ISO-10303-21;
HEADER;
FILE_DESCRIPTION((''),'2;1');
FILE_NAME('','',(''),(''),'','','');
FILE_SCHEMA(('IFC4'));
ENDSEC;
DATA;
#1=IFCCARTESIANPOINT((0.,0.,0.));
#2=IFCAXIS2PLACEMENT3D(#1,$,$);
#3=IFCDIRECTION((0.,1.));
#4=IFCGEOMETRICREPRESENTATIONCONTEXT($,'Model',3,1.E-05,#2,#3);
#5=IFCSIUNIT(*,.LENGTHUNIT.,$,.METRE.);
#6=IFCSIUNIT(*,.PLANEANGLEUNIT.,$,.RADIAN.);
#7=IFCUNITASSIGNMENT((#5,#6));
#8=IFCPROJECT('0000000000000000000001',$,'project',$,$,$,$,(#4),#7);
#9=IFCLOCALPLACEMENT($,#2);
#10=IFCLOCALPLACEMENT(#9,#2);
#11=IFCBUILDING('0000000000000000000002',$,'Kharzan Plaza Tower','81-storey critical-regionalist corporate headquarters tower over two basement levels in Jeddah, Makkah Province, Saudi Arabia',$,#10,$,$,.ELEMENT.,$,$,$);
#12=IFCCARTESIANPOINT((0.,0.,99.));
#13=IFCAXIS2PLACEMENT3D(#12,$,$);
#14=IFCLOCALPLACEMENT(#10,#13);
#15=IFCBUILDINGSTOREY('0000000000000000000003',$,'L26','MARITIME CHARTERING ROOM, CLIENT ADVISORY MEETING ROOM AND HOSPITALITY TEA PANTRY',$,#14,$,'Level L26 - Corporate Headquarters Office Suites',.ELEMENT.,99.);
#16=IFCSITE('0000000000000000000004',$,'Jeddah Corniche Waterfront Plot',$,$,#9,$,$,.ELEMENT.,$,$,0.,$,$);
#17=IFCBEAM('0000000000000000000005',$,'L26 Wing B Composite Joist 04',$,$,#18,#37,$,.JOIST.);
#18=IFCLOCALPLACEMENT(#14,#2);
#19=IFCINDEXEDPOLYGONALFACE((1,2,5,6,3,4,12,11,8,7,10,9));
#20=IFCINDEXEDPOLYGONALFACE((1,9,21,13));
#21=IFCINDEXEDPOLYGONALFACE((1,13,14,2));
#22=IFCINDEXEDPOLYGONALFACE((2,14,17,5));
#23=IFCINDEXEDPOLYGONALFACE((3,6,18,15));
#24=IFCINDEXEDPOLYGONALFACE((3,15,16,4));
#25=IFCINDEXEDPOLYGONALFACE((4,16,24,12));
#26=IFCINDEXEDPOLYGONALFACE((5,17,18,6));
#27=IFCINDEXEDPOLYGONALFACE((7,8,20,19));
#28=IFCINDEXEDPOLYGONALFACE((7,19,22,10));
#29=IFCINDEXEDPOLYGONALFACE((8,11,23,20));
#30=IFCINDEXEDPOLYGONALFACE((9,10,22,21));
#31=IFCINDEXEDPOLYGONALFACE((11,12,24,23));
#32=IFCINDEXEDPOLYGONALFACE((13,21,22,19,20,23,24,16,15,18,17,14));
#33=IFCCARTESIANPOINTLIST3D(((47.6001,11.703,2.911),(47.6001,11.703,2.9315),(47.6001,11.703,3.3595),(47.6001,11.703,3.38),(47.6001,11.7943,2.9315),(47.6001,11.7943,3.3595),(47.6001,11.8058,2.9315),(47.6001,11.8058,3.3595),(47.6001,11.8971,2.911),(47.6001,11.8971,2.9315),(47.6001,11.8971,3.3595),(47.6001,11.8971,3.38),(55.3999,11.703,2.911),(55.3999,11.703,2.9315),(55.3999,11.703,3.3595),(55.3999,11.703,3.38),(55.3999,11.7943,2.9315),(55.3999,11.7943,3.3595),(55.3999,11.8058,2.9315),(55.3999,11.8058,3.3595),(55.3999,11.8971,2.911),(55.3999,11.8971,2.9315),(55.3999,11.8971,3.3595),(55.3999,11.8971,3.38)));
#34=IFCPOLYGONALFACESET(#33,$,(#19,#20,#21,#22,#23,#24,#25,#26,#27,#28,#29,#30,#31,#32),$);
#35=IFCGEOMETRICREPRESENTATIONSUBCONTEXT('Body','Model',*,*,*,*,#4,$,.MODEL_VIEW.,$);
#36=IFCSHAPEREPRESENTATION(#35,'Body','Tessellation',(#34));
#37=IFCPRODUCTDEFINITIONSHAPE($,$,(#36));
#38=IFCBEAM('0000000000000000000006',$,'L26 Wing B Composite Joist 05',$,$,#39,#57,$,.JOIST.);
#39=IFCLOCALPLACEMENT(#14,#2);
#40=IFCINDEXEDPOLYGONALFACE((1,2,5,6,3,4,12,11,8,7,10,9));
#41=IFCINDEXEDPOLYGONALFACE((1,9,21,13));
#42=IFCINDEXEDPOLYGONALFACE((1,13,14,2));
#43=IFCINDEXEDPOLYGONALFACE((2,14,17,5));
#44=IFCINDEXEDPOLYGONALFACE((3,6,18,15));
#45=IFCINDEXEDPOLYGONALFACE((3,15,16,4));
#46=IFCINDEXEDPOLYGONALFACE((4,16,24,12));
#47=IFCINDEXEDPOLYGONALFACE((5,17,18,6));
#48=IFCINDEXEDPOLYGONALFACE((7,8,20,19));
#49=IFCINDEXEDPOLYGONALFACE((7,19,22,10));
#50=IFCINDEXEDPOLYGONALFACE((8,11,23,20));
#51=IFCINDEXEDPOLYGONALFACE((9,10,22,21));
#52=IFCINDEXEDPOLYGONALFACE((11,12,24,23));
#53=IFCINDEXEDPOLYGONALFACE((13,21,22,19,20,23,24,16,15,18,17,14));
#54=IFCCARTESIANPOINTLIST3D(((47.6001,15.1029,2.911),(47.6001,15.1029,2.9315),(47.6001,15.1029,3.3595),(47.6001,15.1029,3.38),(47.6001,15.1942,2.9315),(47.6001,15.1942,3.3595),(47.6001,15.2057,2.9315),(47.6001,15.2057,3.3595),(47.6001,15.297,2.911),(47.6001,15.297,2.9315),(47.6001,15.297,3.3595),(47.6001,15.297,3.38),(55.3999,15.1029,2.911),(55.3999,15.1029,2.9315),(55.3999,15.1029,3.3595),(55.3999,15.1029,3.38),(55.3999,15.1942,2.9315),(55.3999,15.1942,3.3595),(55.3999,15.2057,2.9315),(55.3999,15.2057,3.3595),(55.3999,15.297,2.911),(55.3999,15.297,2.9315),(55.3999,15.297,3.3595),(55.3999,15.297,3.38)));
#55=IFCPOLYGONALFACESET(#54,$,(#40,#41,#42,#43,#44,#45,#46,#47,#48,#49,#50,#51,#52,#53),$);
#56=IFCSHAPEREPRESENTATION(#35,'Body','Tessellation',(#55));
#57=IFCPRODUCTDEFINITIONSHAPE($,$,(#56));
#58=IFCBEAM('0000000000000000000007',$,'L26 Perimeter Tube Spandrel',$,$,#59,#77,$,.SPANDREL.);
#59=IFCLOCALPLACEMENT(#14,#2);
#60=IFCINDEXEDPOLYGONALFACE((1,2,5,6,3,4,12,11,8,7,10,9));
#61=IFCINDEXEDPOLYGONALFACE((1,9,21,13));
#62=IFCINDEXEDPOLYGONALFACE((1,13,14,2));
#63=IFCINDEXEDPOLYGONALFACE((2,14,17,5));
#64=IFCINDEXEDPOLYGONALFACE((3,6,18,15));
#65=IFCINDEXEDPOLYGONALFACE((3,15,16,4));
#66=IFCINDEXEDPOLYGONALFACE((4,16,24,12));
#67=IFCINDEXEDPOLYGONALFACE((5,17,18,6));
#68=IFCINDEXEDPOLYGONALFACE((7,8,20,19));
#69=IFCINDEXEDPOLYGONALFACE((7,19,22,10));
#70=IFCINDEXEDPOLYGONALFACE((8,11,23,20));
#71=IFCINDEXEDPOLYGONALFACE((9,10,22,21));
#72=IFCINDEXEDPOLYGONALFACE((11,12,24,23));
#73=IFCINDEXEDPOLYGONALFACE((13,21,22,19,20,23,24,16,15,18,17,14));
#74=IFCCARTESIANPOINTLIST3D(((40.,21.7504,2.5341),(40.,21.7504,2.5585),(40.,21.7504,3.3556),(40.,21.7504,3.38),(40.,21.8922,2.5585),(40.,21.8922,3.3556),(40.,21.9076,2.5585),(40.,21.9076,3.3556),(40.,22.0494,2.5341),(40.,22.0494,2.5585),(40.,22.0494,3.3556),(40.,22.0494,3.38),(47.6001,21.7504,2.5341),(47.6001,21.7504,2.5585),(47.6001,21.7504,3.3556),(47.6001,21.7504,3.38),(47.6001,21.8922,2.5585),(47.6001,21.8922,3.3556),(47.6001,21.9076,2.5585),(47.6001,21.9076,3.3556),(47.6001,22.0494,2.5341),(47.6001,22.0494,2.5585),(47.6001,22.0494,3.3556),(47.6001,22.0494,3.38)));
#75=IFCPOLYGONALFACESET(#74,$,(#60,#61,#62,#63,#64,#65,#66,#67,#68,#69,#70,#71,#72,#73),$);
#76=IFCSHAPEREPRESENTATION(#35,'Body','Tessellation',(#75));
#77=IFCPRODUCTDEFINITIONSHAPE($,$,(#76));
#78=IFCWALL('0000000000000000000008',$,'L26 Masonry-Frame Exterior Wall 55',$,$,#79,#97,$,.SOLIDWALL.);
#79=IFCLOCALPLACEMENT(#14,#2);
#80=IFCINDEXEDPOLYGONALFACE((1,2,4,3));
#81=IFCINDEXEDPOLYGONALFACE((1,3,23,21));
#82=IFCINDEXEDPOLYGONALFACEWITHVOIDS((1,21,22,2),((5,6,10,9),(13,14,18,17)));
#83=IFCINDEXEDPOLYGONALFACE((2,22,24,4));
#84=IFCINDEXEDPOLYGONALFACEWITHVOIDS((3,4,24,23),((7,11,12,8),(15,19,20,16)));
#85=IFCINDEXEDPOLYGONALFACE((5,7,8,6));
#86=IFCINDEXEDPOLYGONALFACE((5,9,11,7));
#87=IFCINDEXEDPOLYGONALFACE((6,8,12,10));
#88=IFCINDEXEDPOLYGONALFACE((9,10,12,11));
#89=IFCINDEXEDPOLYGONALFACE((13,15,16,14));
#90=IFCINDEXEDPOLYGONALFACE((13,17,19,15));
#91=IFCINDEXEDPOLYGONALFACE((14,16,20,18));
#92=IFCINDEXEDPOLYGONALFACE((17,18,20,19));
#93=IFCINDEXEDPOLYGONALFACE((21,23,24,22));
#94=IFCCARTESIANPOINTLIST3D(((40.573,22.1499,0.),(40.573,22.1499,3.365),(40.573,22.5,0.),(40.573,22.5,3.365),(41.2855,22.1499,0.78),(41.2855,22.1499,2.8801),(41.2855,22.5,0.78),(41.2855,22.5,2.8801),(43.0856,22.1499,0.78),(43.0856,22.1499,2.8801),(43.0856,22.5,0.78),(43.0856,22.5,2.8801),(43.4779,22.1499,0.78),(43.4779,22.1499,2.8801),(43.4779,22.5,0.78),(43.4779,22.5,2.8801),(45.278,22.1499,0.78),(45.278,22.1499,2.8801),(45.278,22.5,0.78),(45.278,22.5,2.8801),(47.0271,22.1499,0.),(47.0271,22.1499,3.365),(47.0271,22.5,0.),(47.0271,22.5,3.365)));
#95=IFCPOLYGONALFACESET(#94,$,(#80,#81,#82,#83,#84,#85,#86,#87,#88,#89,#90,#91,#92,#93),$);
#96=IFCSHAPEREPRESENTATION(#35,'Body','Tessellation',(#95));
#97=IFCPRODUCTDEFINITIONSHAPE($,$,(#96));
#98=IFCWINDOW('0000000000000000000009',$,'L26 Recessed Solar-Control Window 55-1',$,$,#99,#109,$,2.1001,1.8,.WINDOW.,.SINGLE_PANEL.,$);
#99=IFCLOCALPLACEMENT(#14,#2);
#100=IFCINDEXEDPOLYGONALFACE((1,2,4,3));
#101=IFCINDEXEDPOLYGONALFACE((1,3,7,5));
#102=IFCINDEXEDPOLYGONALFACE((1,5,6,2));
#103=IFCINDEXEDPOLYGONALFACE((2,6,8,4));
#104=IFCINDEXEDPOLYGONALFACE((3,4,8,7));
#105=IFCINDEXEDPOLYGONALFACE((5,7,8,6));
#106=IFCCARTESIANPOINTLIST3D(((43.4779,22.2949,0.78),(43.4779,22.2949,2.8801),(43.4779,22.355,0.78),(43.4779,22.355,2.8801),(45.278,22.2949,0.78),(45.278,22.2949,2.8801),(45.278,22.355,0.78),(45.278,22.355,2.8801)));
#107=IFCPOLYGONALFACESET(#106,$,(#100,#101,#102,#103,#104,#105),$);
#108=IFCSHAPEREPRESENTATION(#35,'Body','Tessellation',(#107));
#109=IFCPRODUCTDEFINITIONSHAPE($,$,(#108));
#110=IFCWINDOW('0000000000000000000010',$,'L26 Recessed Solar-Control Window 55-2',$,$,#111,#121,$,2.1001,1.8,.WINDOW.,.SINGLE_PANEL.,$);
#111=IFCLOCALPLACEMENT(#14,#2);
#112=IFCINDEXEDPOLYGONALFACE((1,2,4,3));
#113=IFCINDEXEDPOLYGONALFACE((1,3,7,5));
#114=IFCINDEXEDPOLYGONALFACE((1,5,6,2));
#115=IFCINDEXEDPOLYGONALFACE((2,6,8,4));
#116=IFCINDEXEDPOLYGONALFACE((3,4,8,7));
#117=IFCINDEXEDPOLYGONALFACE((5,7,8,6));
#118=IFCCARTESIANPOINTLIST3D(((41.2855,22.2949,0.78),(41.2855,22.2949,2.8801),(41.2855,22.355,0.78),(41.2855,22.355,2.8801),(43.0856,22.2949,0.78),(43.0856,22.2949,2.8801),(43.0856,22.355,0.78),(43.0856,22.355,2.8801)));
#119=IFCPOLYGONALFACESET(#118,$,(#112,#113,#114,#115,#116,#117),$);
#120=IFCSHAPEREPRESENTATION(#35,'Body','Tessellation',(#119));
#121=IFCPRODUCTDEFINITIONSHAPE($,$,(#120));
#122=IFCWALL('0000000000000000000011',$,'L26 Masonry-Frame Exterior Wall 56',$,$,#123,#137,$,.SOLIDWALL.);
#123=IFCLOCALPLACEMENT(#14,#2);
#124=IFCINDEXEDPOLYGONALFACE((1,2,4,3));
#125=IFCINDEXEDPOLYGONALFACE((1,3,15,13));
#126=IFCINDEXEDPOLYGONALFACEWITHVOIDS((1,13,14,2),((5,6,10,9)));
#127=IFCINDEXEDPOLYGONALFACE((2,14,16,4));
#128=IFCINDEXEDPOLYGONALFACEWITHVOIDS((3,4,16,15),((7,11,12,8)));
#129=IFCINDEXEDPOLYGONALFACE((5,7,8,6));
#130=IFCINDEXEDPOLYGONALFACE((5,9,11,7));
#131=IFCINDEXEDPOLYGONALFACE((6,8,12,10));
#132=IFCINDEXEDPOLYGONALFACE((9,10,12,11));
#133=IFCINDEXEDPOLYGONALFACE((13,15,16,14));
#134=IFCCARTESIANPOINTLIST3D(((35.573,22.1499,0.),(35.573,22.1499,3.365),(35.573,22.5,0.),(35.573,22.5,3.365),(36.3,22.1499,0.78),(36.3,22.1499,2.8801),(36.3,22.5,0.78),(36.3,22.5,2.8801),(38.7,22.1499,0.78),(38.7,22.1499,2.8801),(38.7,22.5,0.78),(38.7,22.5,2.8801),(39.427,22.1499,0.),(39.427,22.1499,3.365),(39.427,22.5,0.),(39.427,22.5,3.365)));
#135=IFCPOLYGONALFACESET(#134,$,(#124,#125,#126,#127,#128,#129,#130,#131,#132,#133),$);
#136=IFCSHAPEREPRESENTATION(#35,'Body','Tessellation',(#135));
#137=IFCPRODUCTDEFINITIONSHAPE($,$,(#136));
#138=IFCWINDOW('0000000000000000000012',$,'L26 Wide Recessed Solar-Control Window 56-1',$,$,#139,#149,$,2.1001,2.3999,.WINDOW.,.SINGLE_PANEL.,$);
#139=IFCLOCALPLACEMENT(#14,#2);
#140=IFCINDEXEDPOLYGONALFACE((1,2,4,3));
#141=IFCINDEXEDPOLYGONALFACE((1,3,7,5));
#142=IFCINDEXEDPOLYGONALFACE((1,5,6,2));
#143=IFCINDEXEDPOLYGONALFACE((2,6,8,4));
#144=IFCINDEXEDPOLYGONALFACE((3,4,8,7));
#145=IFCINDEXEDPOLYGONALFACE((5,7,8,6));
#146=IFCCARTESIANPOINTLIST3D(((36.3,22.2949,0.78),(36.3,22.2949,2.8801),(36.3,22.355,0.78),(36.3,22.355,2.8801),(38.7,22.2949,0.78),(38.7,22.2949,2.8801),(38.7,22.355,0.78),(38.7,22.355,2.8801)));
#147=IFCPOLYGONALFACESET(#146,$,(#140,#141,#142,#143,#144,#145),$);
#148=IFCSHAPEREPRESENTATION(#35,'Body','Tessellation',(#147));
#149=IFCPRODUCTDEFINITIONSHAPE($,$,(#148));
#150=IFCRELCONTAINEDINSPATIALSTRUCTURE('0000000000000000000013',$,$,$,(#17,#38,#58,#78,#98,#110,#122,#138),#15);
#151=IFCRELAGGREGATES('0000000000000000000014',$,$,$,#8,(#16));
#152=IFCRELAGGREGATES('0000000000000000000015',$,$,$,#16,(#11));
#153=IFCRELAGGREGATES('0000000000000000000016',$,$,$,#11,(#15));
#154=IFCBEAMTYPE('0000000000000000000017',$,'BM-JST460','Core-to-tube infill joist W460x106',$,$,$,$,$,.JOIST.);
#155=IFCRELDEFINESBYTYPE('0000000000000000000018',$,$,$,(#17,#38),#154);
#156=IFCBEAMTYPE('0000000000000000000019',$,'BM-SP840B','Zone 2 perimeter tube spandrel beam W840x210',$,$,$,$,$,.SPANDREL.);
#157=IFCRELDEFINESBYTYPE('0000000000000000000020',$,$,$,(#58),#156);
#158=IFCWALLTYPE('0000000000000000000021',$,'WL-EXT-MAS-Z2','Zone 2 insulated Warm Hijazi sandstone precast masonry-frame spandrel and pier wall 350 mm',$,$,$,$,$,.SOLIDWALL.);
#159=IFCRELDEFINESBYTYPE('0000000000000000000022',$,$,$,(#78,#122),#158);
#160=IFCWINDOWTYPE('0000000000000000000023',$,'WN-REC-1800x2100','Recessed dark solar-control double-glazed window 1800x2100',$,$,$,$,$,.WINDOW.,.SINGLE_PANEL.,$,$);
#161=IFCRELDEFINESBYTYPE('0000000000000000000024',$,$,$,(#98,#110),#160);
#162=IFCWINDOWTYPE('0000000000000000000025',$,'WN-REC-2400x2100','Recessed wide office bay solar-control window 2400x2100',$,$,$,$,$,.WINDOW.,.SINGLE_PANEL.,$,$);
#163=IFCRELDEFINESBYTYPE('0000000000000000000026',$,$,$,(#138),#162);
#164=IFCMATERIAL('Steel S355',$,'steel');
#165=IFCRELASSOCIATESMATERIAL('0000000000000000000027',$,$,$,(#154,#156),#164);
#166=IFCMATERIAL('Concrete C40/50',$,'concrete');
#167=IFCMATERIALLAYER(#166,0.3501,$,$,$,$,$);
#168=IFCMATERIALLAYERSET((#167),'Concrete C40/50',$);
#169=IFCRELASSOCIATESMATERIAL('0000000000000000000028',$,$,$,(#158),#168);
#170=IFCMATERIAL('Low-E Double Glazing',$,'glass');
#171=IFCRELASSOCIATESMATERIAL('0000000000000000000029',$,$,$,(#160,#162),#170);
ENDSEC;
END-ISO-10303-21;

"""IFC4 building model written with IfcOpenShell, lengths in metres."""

from ifc_helpers import new_model, si_unit, direction, frame, frame_2d, origin, origin_2d, place, context, subcontext, project, spatial, rectangle, i_section, extrude, source, transform, mapped, material, layer, layer_set, material_profile, profile_set, type_object, element, fill, save


model = new_model("IFC4")

# Units and contexts
model_context = context("Model", 3, precision=1e-05, world=origin(), true_north=direction((0.0, 1.0)))
body_context = subcontext(model_context, "Body", "Model", "MODEL_VIEW")
ifc_project = project(units=[si_unit("LENGTHUNIT", "METRE"), si_unit("PLANEANGLEUNIT", "RADIAN")], contexts=[model_context])

# Site, building, storey
site_placement = place(None, origin())
site = spatial("IfcSite", under=ifc_project, at=site_placement, Name="Jeddah Corniche Waterfront Plot", CompositionType="ELEMENT", RefElevation=0.0)
building_placement = place(site_placement, origin())
building = spatial("IfcBuilding", under=site, at=building_placement, Name="Kharzan Plaza Tower", Description="81-storey critical-regionalist corporate headquarters tower over two basement levels in Jeddah, Makkah Province, Saudi Arabia", CompositionType="ELEMENT")
storey_placement = place(building_placement, frame((0.0, 0.0, 99.0)))
storey = spatial("IfcBuildingStorey", under=building, at=storey_placement, Name="L26", Description="MARITIME CHARTERING ROOM, CLIENT ADVISORY MEETING ROOM AND HOSPITALITY TEA PANTRY", LongName="Level L26 - Corporate Headquarters Office Suites", CompositionType="ELEMENT", Elevation=99.0)

# Beams
ifc_material_1 = material(Name="Steel S355", Category="steel")
ifc_material_profile_1 = material_profile(ifc_material_1, i_section(OverallWidth=0.1941, OverallDepth=0.469, WebThickness=0.0115, FlangeThickness=0.0205, at=origin_2d()), Name="W460x106")
ifc_profile_set_1 = profile_set([ifc_material_profile_1], Name="Steel S355")
beam_type_1 = type_object("IfcBeamType", Name="BM-JST460", Description="Core-to-tube infill joist W460x106", PredefinedType="JOIST", material=ifc_profile_set_1)
shared_shape_1 = source(origin(), body_context, "Body", "SweptSolid", [
    extrude(i_section(OverallWidth=0.1941, OverallDepth=0.469, WebThickness=0.0115, FlangeThickness=0.0205, at=origin_2d()), origin(), (0.0, 0.0, 1.0), 7.7998),
])
for number, where, z_axis, x_axis, name in (
    (1, (47.6001, 11.8, 3.1455), (1.0, 0.0, 0.0), (0.0, 1.0, 0.0), "L26 Wing B Composite Joist 04"),
    (2, (47.6001, 15.2, 3.1455), (1.0, 0.0, 0.0), (0.0, 1.0, 0.0), "L26 Wing B Composite Joist 05"),
):
    element("IfcBeam", number, at=place(storey_placement, frame(where, z_axis=z_axis, x_axis=x_axis)), inside=storey, type_object=beam_type_1, Name=name, PredefinedType="JOIST", context=body_context, shape_type="MappedRepresentation", body=[
        mapped(shared_shape_1, transform((0.0, 0.0, 0.0), x_axis=(1.0, 0.0, 0.0), y_axis=(0.0, 1.0, 0.0), z_axis=(0.0, 0.0, 1.0))),
    ])
ifc_material_profile_2 = material_profile(ifc_material_1, i_section(OverallWidth=0.2991, OverallDepth=0.8459, WebThickness=0.0154, FlangeThickness=0.0244, at=origin_2d()), Name="W840x210")
ifc_profile_set_2 = profile_set([ifc_material_profile_2], Name="Steel S355")
beam_type_2 = type_object("IfcBeamType", Name="BM-SP840B", Description="Zone 2 perimeter tube spandrel beam W840x210", PredefinedType="SPANDREL", material=ifc_profile_set_2)
shared_shape_2 = source(origin(), body_context, "Body", "SweptSolid", [
    extrude(i_section(OverallWidth=0.2991, OverallDepth=0.8459, WebThickness=0.0154, FlangeThickness=0.0244, at=origin_2d()), origin(), (0.0, 0.0, 1.0), 7.6001),
])
beam_1_placement = place(storey_placement, frame((40.0, 21.8999, 2.957), z_axis=(1.0, 0.0, 0.0), x_axis=(0.0, 1.0, 0.0)))
element("IfcBeam", 3, at=beam_1_placement, inside=storey, type_object=beam_type_2, Name="L26 Perimeter Tube Spandrel", PredefinedType="SPANDREL", context=body_context, shape_type="MappedRepresentation", body=[
    mapped(shared_shape_2, transform((0.0, 0.0, 0.0), x_axis=(1.0, 0.0, 0.0), y_axis=(0.0, 1.0, 0.0), z_axis=(0.0, 0.0, 1.0))),
])

# Wall, openings, windows
ifc_material_2 = material(Name="Concrete C40/50", Category="concrete")
ifc_layer_1 = layer(ifc_material_2, 0.3501)
ifc_layer_set_1 = layer_set([ifc_layer_1], Name="Concrete C40/50")
wall_type_1 = type_object("IfcWallType", Name="WL-EXT-MAS-Z2", Description="Zone 2 insulated Warm Hijazi sandstone precast masonry-frame spandrel and pier wall 350 mm", PredefinedType="SOLIDWALL", material=ifc_layer_set_1)
wall_1_placement = place(storey_placement, frame((47.0271, 22.325, 0.0), z_axis=(0.0, 0.0, 1.0), x_axis=(-1.0, 0.0, 0.0)))
wall_1 = element("IfcWall", 4, at=wall_1_placement, inside=storey, type_object=wall_type_1, Name="L26 Masonry-Frame Exterior Wall 55", PredefinedType="SOLIDWALL", context=body_context, shape_type="SweptSolid", body=[
    extrude(rectangle(XDim=6.4541, YDim=0.3501, at=frame_2d((3.2271, 0.0))), origin(), (0.0, 0.0, 1.0), 3.365),
])
opening_1_placement = place(wall_1_placement, frame((1.7493, 0.0, 0.78)))
opening_1 = element("IfcOpeningElement", 5, at=opening_1_placement, cuts=wall_1, PredefinedType="OPENING", context=body_context, shape_type="SweptSolid", body=[
    extrude(rectangle(XDim=1.8, YDim=2.1001, at=frame_2d((0.8999, 1.05))), frame((0.0, 0.1851, 0.0), z_axis=(0.0, -1.0, 0.0), x_axis=(1.0, 0.0, 0.0)), (0.0, 0.0, 1.0), 0.3701),
])
opening_2_placement = place(wall_1_placement, frame((3.9417, 0.0, 0.78)))
opening_2 = element("IfcOpeningElement", 6, at=opening_2_placement, cuts=wall_1, PredefinedType="OPENING", context=body_context, shape_type="SweptSolid", body=[
    extrude(rectangle(XDim=1.8, YDim=2.1001, at=frame_2d((0.8999, 1.05))), frame((0.0, 0.1851, 0.0), z_axis=(0.0, -1.0, 0.0), x_axis=(1.0, 0.0, 0.0)), (0.0, 0.0, 1.0), 0.3701),
])
ifc_material_3 = material(Name="Low-E Double Glazing", Category="glass")
window_type_1 = type_object("IfcWindowType", Name="WN-REC-1800x2100", Description="Recessed dark solar-control double-glazed window 1800x2100", PartitioningType="SINGLE_PANEL", PredefinedType="WINDOW", material=ifc_material_3)
shared_shape_3 = source(origin(), body_context, "Body", "SweptSolid", [
    extrude(rectangle(XDim=1.8, YDim=2.1001, at=frame_2d((0.8999, 1.05))), frame((0.0, 0.03, 0.0), z_axis=(0.0, -1.0, 0.0), x_axis=(1.0, 0.0, 0.0)), (0.0, 0.0, 1.0), 0.0601),
])
window_1_placement = place(opening_1_placement, origin())
window_1 = element("IfcWindow", 7, at=window_1_placement, inside=storey, type_object=window_type_1, Name="L26 Recessed Solar-Control Window 55-1", OverallHeight=2.1001, OverallWidth=1.8, PartitioningType="SINGLE_PANEL", PredefinedType="WINDOW", context=body_context, shape_type="MappedRepresentation", body=[
    mapped(shared_shape_3, transform((0.0, 0.0, 0.0), x_axis=(1.0, 0.0, 0.0), y_axis=(0.0, 1.0, 0.0), z_axis=(0.0, 0.0, 1.0))),
])
fill(opening_1, window_1)
window_2_placement = place(opening_2_placement, origin())
window_2 = element("IfcWindow", 8, at=window_2_placement, inside=storey, type_object=window_type_1, Name="L26 Recessed Solar-Control Window 55-2", OverallHeight=2.1001, OverallWidth=1.8, PartitioningType="SINGLE_PANEL", PredefinedType="WINDOW", context=body_context, shape_type="MappedRepresentation", body=[
    mapped(shared_shape_3, transform((0.0, 0.0, 0.0), x_axis=(1.0, 0.0, 0.0), y_axis=(0.0, 1.0, 0.0), z_axis=(0.0, 0.0, 1.0))),
])
fill(opening_2, window_2)

# Wall, opening, window
wall_2_placement = place(storey_placement, frame((39.427, 22.325, 0.0), z_axis=(0.0, 0.0, 1.0), x_axis=(-1.0, 0.0, 0.0)))
wall_2 = element("IfcWall", 9, at=wall_2_placement, inside=storey, type_object=wall_type_1, Name="L26 Masonry-Frame Exterior Wall 56", PredefinedType="SOLIDWALL", context=body_context, shape_type="SweptSolid", body=[
    extrude(rectangle(XDim=3.854, YDim=0.3501, at=frame_2d((1.927, 0.0))), origin(), (0.0, 0.0, 1.0), 3.365),
])
opening_3_placement = place(wall_2_placement, frame((0.7271, 0.0, 0.78)))
opening_3 = element("IfcOpeningElement", 10, at=opening_3_placement, cuts=wall_2, PredefinedType="OPENING", context=body_context, shape_type="SweptSolid", body=[
    extrude(rectangle(XDim=2.3999, YDim=2.1001, at=frame_2d((1.2, 1.05))), frame((0.0, 0.1851, 0.0), z_axis=(0.0, -1.0, 0.0), x_axis=(1.0, 0.0, 0.0)), (0.0, 0.0, 1.0), 0.3701),
])
window_type_2 = type_object("IfcWindowType", Name="WN-REC-2400x2100", Description="Recessed wide office bay solar-control window 2400x2100", PartitioningType="SINGLE_PANEL", PredefinedType="WINDOW", material=ifc_material_3)
shared_shape_4 = source(origin(), body_context, "Body", "SweptSolid", [
    extrude(rectangle(XDim=2.3999, YDim=2.1001, at=frame_2d((1.2, 1.05))), frame((0.0, 0.03, 0.0), z_axis=(0.0, -1.0, 0.0), x_axis=(1.0, 0.0, 0.0)), (0.0, 0.0, 1.0), 0.0601),
])
window_3_placement = place(opening_3_placement, origin())
window_3 = element("IfcWindow", 11, at=window_3_placement, inside=storey, type_object=window_type_2, Name="L26 Wide Recessed Solar-Control Window 56-1", OverallHeight=2.1001, OverallWidth=2.3999, PartitioningType="SINGLE_PANEL", PredefinedType="WINDOW", context=body_context, shape_type="MappedRepresentation", body=[
    mapped(shared_shape_4, transform((0.0, 0.0, 0.0), x_axis=(1.0, 0.0, 0.0), y_axis=(0.0, 1.0, 0.0), z_axis=(0.0, 0.0, 1.0))),
])
fill(opening_3, window_3)

save(model, "model.ifc")
